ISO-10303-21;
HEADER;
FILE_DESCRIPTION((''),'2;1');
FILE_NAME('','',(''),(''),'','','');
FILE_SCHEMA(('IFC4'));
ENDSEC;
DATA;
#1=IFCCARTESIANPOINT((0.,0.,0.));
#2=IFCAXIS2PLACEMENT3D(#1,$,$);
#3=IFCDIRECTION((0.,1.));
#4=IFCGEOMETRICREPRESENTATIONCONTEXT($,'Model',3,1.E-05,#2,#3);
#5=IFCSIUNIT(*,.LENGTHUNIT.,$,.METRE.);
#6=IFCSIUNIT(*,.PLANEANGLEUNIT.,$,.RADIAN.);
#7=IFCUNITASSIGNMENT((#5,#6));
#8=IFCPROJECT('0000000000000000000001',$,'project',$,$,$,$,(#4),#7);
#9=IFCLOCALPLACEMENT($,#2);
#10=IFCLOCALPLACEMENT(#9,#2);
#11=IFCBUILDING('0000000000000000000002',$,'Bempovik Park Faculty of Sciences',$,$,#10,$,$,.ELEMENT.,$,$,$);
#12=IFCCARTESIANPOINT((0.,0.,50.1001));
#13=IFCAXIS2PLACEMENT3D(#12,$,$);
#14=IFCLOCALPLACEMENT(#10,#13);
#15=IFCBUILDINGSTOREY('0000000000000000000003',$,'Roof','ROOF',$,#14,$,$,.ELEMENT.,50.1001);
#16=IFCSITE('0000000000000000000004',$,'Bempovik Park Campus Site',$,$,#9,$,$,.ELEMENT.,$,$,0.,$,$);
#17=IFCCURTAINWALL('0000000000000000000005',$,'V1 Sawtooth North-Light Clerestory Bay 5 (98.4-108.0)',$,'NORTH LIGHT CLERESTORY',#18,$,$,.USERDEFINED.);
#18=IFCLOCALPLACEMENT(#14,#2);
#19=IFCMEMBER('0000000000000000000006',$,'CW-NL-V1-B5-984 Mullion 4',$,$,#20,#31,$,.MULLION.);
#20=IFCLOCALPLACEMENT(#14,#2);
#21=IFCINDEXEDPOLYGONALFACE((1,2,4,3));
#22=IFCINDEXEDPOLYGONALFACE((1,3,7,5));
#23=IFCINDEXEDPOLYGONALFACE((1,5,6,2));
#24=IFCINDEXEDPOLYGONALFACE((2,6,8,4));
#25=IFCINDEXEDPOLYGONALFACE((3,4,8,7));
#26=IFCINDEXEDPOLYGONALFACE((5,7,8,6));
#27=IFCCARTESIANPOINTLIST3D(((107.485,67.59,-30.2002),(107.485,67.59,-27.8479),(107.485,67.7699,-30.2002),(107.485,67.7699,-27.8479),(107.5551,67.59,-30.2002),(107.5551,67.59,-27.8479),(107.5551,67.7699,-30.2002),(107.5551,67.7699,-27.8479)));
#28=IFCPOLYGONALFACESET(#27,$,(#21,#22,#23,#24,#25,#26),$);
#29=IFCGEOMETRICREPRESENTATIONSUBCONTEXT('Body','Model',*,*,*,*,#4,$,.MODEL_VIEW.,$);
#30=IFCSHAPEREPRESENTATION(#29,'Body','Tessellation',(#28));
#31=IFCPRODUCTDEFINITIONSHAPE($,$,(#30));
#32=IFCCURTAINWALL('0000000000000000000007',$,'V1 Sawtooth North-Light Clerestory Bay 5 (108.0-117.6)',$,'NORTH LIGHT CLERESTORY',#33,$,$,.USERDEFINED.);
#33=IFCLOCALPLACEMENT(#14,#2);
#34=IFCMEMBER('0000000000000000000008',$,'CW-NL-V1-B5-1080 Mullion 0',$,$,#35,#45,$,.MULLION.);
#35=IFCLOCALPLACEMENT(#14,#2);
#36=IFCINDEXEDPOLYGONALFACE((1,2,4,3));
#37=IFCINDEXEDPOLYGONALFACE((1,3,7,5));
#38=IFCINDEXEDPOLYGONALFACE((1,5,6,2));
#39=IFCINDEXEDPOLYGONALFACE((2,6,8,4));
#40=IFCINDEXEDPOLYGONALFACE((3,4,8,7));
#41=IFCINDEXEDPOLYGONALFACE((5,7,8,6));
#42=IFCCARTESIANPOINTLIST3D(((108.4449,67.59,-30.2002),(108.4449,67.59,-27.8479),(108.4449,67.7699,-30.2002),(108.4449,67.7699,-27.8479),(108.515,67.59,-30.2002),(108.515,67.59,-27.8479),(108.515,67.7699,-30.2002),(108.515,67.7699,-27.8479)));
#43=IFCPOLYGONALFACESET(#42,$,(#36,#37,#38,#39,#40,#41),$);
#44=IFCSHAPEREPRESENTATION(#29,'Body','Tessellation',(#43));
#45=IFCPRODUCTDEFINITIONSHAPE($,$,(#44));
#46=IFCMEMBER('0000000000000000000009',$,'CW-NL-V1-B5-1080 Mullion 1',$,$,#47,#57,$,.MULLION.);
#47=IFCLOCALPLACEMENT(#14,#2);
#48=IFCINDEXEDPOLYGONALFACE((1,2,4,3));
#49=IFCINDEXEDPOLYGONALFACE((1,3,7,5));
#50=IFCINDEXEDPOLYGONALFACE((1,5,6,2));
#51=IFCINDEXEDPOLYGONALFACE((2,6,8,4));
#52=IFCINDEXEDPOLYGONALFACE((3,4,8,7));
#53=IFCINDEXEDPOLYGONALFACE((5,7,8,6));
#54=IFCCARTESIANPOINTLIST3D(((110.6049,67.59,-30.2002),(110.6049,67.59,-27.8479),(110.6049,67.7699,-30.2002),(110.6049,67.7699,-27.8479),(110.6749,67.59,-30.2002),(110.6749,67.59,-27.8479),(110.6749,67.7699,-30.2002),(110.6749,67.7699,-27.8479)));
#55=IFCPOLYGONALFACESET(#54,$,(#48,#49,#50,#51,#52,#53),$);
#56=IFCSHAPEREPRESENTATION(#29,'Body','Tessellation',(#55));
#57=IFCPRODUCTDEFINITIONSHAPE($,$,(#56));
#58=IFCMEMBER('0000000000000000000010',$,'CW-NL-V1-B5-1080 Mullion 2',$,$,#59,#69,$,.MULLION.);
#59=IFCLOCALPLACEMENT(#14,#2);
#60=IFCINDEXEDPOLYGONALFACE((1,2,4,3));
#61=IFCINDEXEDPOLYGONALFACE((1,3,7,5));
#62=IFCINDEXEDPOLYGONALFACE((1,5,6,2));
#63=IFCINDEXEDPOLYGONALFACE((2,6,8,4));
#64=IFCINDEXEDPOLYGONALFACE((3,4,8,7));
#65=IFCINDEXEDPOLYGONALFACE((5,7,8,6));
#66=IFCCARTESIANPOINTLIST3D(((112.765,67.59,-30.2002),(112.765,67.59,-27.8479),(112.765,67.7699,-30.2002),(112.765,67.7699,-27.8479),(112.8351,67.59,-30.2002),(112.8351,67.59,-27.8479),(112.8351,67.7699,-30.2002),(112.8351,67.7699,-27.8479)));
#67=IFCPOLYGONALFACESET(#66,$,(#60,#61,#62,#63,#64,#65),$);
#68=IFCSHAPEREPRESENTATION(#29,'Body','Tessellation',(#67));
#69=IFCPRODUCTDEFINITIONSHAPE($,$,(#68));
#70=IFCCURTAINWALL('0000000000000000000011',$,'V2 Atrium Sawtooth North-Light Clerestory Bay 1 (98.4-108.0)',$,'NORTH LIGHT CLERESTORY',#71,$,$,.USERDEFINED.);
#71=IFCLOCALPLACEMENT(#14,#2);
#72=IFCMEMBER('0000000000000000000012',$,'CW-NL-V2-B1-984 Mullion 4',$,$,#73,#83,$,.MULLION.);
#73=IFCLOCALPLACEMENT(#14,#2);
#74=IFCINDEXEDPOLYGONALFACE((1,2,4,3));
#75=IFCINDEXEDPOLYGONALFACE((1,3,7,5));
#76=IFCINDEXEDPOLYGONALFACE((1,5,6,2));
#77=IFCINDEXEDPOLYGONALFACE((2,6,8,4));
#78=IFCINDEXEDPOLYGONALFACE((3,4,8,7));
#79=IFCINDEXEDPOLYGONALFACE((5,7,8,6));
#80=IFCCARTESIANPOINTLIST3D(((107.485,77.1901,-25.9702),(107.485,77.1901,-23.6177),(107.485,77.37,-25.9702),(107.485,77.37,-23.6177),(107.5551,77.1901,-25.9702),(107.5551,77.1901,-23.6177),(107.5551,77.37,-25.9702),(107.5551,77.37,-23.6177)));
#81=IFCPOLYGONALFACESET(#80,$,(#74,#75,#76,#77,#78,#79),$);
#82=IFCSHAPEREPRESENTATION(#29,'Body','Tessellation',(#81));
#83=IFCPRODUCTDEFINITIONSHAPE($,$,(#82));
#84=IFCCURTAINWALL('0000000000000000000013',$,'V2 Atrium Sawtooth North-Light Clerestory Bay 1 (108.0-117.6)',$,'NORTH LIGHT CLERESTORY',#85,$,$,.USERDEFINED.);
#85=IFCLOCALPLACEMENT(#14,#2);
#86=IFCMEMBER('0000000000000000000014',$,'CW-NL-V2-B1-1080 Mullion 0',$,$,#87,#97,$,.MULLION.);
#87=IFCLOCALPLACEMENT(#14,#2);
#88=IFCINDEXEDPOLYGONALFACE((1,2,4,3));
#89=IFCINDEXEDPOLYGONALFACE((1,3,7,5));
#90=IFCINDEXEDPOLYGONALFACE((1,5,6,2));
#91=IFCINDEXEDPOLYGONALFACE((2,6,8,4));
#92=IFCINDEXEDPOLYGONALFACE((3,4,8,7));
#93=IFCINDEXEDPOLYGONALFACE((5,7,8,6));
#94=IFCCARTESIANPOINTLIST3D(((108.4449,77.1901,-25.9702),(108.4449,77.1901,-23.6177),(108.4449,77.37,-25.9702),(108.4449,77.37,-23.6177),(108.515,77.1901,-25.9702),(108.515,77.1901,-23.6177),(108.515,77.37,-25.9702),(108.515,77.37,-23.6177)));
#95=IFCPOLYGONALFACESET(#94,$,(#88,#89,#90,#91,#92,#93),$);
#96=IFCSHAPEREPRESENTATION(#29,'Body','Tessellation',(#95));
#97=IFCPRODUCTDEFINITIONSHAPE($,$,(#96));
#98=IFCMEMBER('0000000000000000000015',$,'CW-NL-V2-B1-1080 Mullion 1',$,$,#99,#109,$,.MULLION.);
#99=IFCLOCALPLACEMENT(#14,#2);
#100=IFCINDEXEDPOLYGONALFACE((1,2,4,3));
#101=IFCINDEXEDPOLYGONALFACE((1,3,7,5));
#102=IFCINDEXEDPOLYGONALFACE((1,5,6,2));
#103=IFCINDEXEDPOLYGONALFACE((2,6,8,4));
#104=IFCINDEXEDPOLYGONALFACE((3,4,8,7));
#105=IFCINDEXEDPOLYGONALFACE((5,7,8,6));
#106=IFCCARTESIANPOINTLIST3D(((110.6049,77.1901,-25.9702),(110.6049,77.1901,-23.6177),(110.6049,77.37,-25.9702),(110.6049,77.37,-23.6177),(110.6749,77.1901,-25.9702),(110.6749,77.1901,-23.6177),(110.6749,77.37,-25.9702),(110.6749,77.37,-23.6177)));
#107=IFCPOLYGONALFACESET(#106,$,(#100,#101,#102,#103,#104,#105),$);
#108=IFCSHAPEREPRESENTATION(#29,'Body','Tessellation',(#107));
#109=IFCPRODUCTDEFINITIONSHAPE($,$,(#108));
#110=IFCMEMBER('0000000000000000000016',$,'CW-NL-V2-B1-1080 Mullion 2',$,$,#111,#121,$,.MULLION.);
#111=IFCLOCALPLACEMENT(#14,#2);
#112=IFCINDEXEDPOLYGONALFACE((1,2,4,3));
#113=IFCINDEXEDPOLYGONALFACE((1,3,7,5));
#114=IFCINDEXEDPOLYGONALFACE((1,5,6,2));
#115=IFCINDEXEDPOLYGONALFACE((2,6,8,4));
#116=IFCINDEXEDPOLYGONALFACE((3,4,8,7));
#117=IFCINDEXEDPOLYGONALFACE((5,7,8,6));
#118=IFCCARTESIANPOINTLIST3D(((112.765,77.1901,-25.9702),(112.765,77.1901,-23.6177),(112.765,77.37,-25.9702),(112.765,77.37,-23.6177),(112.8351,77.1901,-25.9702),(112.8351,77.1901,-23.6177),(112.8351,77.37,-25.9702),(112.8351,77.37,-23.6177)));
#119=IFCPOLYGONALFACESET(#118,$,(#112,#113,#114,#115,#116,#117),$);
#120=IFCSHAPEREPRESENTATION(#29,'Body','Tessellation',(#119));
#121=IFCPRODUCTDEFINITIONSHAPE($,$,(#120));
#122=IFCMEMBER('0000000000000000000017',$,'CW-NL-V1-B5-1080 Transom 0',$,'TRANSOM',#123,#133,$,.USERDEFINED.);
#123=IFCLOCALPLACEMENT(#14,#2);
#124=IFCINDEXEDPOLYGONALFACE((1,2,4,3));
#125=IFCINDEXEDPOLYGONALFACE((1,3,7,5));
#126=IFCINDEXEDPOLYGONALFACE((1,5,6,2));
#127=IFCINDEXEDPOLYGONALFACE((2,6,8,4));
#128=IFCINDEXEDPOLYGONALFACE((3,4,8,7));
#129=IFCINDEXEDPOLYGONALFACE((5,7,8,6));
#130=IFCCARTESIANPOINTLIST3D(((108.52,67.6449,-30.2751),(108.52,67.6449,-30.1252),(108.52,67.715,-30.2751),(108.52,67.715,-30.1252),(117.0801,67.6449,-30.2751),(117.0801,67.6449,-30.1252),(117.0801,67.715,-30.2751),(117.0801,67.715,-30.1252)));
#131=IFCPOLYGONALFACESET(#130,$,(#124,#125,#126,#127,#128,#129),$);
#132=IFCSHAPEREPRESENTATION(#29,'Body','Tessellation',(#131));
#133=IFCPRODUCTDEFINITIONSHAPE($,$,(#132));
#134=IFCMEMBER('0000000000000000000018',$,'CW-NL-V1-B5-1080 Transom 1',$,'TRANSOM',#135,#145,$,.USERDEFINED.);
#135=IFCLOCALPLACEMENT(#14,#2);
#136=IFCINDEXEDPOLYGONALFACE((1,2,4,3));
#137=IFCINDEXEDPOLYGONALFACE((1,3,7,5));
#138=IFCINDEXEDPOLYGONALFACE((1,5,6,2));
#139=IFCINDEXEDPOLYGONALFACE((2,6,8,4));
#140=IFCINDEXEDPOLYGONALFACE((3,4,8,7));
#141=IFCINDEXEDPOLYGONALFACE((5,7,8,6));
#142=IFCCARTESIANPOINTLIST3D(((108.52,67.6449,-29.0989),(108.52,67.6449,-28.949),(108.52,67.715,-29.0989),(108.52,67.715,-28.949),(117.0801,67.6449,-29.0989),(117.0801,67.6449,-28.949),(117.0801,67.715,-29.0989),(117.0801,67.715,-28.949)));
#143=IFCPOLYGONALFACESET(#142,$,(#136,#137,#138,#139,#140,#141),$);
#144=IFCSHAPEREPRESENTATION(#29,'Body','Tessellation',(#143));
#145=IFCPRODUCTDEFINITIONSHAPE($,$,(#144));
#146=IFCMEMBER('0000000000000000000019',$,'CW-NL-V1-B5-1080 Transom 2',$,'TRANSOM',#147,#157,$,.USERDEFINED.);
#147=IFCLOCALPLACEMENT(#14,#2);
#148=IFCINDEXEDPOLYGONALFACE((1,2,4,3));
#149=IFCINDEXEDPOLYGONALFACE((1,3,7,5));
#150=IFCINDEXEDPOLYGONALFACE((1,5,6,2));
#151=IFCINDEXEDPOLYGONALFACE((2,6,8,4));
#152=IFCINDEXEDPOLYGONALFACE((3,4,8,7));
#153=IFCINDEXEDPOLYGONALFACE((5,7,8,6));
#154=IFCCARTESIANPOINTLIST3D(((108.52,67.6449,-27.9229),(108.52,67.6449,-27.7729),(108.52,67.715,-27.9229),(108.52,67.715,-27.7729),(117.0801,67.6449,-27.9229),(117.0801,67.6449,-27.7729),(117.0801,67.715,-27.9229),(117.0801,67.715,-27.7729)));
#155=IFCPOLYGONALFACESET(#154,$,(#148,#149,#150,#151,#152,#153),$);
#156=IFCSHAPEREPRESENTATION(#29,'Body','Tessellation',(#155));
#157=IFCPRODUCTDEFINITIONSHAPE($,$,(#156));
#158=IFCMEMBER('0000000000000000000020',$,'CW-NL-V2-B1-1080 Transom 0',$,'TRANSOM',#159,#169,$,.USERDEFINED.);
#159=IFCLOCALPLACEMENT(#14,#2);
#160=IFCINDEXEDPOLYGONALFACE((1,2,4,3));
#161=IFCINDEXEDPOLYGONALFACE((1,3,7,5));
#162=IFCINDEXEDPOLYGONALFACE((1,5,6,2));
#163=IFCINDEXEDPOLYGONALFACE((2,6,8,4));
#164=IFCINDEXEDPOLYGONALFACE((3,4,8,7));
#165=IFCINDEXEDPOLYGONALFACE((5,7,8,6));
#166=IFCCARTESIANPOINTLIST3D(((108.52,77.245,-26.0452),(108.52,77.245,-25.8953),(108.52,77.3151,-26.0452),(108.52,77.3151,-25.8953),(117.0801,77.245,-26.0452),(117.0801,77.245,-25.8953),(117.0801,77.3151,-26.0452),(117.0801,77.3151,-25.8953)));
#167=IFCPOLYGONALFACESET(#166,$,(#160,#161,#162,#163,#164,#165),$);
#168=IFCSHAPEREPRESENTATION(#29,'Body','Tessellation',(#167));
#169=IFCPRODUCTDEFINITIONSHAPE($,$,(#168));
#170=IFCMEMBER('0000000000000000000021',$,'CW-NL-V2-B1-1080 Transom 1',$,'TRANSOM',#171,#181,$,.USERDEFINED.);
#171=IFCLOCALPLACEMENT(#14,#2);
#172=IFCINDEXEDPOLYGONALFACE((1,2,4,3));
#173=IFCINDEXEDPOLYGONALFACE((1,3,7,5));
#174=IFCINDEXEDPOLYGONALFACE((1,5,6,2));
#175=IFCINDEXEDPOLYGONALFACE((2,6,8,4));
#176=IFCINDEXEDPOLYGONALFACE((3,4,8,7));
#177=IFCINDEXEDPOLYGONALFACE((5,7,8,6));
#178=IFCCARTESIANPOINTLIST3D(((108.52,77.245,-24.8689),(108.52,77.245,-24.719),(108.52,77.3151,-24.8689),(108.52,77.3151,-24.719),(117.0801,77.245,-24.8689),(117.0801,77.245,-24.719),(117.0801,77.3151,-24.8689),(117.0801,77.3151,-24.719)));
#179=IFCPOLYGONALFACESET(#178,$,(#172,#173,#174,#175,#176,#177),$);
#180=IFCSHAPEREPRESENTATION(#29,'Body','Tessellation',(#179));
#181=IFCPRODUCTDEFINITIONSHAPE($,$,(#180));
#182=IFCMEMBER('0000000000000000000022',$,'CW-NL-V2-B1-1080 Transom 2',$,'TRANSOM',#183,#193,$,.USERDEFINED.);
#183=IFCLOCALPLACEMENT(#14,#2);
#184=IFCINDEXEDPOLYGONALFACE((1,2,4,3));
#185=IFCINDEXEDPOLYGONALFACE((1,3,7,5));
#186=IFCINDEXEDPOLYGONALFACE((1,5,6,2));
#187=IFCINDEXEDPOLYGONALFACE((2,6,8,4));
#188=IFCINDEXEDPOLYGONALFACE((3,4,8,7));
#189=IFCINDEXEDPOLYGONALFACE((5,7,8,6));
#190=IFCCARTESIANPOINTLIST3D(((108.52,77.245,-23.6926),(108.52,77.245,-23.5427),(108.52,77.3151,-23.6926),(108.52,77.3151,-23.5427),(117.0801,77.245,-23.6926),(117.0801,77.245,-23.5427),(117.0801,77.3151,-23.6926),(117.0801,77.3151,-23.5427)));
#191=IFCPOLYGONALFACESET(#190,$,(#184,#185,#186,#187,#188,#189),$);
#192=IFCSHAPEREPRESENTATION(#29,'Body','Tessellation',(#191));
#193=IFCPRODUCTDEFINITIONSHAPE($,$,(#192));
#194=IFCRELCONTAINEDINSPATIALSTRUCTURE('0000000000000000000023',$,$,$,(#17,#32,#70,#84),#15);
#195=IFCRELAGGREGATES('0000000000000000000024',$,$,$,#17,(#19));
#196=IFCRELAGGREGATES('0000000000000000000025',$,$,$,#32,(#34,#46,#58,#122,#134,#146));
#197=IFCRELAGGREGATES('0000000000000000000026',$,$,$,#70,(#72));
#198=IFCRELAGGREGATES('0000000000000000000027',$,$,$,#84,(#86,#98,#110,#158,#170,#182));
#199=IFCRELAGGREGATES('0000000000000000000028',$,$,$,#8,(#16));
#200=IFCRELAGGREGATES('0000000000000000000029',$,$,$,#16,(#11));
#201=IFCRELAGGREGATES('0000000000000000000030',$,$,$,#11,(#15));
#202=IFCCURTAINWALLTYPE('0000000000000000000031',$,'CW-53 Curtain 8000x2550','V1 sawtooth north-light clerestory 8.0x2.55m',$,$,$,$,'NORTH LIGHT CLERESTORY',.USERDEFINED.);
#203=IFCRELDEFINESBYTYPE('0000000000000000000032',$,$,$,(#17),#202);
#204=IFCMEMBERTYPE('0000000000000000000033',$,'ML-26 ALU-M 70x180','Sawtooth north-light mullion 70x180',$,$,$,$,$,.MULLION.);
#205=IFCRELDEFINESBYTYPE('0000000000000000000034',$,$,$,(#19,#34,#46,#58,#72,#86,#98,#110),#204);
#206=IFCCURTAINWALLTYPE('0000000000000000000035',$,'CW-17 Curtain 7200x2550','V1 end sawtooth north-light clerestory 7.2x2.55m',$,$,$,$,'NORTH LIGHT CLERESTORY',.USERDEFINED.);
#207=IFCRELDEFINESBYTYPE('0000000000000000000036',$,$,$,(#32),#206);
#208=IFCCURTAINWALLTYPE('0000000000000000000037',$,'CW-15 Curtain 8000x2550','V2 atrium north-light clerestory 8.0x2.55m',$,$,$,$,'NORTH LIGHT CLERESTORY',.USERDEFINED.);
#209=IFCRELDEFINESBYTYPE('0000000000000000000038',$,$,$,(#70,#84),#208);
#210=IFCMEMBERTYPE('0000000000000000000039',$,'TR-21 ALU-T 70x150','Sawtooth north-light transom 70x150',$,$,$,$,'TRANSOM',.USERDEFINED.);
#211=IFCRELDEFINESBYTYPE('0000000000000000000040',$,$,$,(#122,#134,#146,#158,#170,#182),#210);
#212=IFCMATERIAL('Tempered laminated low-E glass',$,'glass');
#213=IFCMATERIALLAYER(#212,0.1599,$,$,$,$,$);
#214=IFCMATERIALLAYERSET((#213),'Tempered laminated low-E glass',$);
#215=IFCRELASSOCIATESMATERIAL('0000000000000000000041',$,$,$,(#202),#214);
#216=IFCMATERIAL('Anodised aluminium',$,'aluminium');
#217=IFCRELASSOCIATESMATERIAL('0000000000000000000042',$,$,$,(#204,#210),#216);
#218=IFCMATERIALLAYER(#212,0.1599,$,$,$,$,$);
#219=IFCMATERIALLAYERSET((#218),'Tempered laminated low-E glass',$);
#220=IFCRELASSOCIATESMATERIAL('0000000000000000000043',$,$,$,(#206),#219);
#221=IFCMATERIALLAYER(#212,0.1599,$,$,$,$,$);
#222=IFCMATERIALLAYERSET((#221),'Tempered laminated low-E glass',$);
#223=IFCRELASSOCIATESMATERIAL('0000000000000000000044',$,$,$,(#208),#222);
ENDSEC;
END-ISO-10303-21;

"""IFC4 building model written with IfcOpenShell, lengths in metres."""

from ifc_helpers import new_model, si_unit, direction, frame, origin, origin_2d, place, context, subcontext, project, spatial, rectangle, extrude, material, layer, layer_set, material_profile, profile_set, type_object, element, aggregate, save


model = new_model("IFC4")

# Units and contexts
model_context = context("Model", 3, precision=1e-05, world=origin(), true_north=direction((0.0, 1.0)))
body_context = subcontext(model_context, "Body", "Model", "MODEL_VIEW")
ifc_project = project(units=[si_unit("LENGTHUNIT", "METRE"), si_unit("PLANEANGLEUNIT", "RADIAN")], contexts=[model_context])

# Site, building, storey
site_placement = place(None, origin())
site = spatial("IfcSite", under=ifc_project, at=site_placement, Name="Bempovik Park Campus Site", CompositionType="ELEMENT", RefElevation=0.0)
building_placement = place(site_placement, origin())
building = spatial("IfcBuilding", under=site, at=building_placement, Name="Bempovik Park Faculty of Sciences", CompositionType="ELEMENT")
storey_placement = place(building_placement, frame((0.0, 0.0, 50.1001)))
storey = spatial("IfcBuildingStorey", under=building, at=storey_placement, Name="Roof", Description="ROOF", CompositionType="ELEMENT", Elevation=50.1001)

# Curtain wall, member
ifc_material_1 = material(Name="Tempered laminated low-E glass", Category="glass")
ifc_layer_1 = layer(ifc_material_1, 0.1599)
ifc_layer_set_1 = layer_set([ifc_layer_1], Name="Tempered laminated low-E glass")
curtain_wall_type_1 = type_object("IfcCurtainWallType", Name="CW-53 Curtain 8000x2550", Description="V1 sawtooth north-light clerestory 8.0x2.55m", ElementType="NORTH LIGHT CLERESTORY", PredefinedType="USERDEFINED", material=ifc_layer_set_1)
curtain_wall_1_placement = place(storey_placement, origin())
curtain_wall_1 = element("IfcCurtainWall", 1, at=curtain_wall_1_placement, inside=storey, type_object=curtain_wall_type_1, Name="V1 Sawtooth North-Light Clerestory Bay 5 (98.4-108.0)", ObjectType="NORTH LIGHT CLERESTORY", PredefinedType="USERDEFINED")
ifc_material_2 = material(Name="Anodised aluminium", Category="aluminium")
ifc_material_profile_1 = material_profile(ifc_material_2, rectangle(XDim=0.0701, YDim=0.1799, at=origin_2d()), Name="ALU-M 70x180")
ifc_profile_set_1 = profile_set([ifc_material_profile_1], Name="Anodised aluminium")
member_type_1 = type_object("IfcMemberType", Name="ML-26 ALU-M 70x180", Description="Sawtooth north-light mullion 70x180", PredefinedType="MULLION", material=ifc_profile_set_1)
member_1_placement = place(storey_placement, frame((107.52, 67.6799, -30.2002), z_axis=(0.0, 0.0, 1.0), x_axis=(1.0, 0.0, 0.0)))
member_1 = element("IfcMember", 2, at=member_1_placement, type_object=member_type_1, Name="CW-NL-V1-B5-984 Mullion 4", PredefinedType="MULLION", context=body_context, shape_type="SweptSolid", body=[
    extrude(rectangle(XDim=0.0701, YDim=0.1799, at=origin_2d()), origin(), (0.0, 0.0, 1.0), 2.3523),
])

# Curtain wall, members
ifc_layer_2 = layer(ifc_material_1, 0.1599)
ifc_layer_set_2 = layer_set([ifc_layer_2], Name="Tempered laminated low-E glass")
curtain_wall_type_2 = type_object("IfcCurtainWallType", Name="CW-17 Curtain 7200x2550", Description="V1 end sawtooth north-light clerestory 7.2x2.55m", ElementType="NORTH LIGHT CLERESTORY", PredefinedType="USERDEFINED", material=ifc_layer_set_2)
curtain_wall_2_placement = place(storey_placement, origin())
curtain_wall_2 = element("IfcCurtainWall", 3, at=curtain_wall_2_placement, inside=storey, type_object=curtain_wall_type_2, Name="V1 Sawtooth North-Light Clerestory Bay 5 (108.0-117.6)", ObjectType="NORTH LIGHT CLERESTORY", PredefinedType="USERDEFINED")
member_2_placement = place(storey_placement, frame((108.48, 67.6799, -30.2002), z_axis=(0.0, 0.0, 1.0), x_axis=(1.0, 0.0, 0.0)))
member_2 = element("IfcMember", 4, at=member_2_placement, type_object=member_type_1, Name="CW-NL-V1-B5-1080 Mullion 0", PredefinedType="MULLION", context=body_context, shape_type="SweptSolid", body=[
    extrude(rectangle(XDim=0.0701, YDim=0.1799, at=origin_2d()), origin(), (0.0, 0.0, 1.0), 2.3523),
])
member_3_placement = place(storey_placement, frame((110.6399, 67.6799, -30.2002), z_axis=(0.0, 0.0, 1.0), x_axis=(1.0, 0.0, 0.0)))
member_3 = element("IfcMember", 5, at=member_3_placement, type_object=member_type_1, Name="CW-NL-V1-B5-1080 Mullion 1", PredefinedType="MULLION", context=body_context, shape_type="SweptSolid", body=[
    extrude(rectangle(XDim=0.0701, YDim=0.1799, at=origin_2d()), origin(), (0.0, 0.0, 1.0), 2.3523),
])
member_4_placement = place(storey_placement, frame((112.8, 67.6799, -30.2002), z_axis=(0.0, 0.0, 1.0), x_axis=(1.0, 0.0, 0.0)))
member_4 = element("IfcMember", 6, at=member_4_placement, type_object=member_type_1, Name="CW-NL-V1-B5-1080 Mullion 2", PredefinedType="MULLION", context=body_context, shape_type="SweptSolid", body=[
    extrude(rectangle(XDim=0.0701, YDim=0.1799, at=origin_2d()), origin(), (0.0, 0.0, 1.0), 2.3523),
])

# Curtain wall, member
ifc_layer_3 = layer(ifc_material_1, 0.1599)
ifc_layer_set_3 = layer_set([ifc_layer_3], Name="Tempered laminated low-E glass")
curtain_wall_type_3 = type_object("IfcCurtainWallType", Name="CW-15 Curtain 8000x2550", Description="V2 atrium north-light clerestory 8.0x2.55m", ElementType="NORTH LIGHT CLERESTORY", PredefinedType="USERDEFINED", material=ifc_layer_set_3)
curtain_wall_3_placement = place(storey_placement, origin())
curtain_wall_3 = element("IfcCurtainWall", 7, at=curtain_wall_3_placement, inside=storey, type_object=curtain_wall_type_3, Name="V2 Atrium Sawtooth North-Light Clerestory Bay 1 (98.4-108.0)", ObjectType="NORTH LIGHT CLERESTORY", PredefinedType="USERDEFINED")
member_5_placement = place(storey_placement, frame((107.52, 77.28, -25.9702), z_axis=(0.0, 0.0, 1.0), x_axis=(1.0, 0.0, 0.0)))
member_5 = element("IfcMember", 8, at=member_5_placement, type_object=member_type_1, Name="CW-NL-V2-B1-984 Mullion 4", PredefinedType="MULLION", context=body_context, shape_type="SweptSolid", body=[
    extrude(rectangle(XDim=0.0701, YDim=0.1799, at=origin_2d()), origin(), (0.0, 0.0, 1.0), 2.3525),
])

# Curtain wall, members
curtain_wall_4_placement = place(storey_placement, origin())
curtain_wall_4 = element("IfcCurtainWall", 9, at=curtain_wall_4_placement, inside=storey, type_object=curtain_wall_type_3, Name="V2 Atrium Sawtooth North-Light Clerestory Bay 1 (108.0-117.6)", ObjectType="NORTH LIGHT CLERESTORY", PredefinedType="USERDEFINED")
member_6_placement = place(storey_placement, frame((108.48, 77.28, -25.9702), z_axis=(0.0, 0.0, 1.0), x_axis=(1.0, 0.0, 0.0)))
member_6 = element("IfcMember", 10, at=member_6_placement, type_object=member_type_1, Name="CW-NL-V2-B1-1080 Mullion 0", PredefinedType="MULLION", context=body_context, shape_type="SweptSolid", body=[
    extrude(rectangle(XDim=0.0701, YDim=0.1799, at=origin_2d()), origin(), (0.0, 0.0, 1.0), 2.3525),
])
member_7_placement = place(storey_placement, frame((110.6399, 77.28, -25.9702), z_axis=(0.0, 0.0, 1.0), x_axis=(1.0, 0.0, 0.0)))
member_7 = element("IfcMember", 11, at=member_7_placement, type_object=member_type_1, Name="CW-NL-V2-B1-1080 Mullion 1", PredefinedType="MULLION", context=body_context, shape_type="SweptSolid", body=[
    extrude(rectangle(XDim=0.0701, YDim=0.1799, at=origin_2d()), origin(), (0.0, 0.0, 1.0), 2.3525),
])
member_8_placement = place(storey_placement, frame((112.8, 77.28, -25.9702), z_axis=(0.0, 0.0, 1.0), x_axis=(1.0, 0.0, 0.0)))
member_8 = element("IfcMember", 12, at=member_8_placement, type_object=member_type_1, Name="CW-NL-V2-B1-1080 Mullion 2", PredefinedType="MULLION", context=body_context, shape_type="SweptSolid", body=[
    extrude(rectangle(XDim=0.0701, YDim=0.1799, at=origin_2d()), origin(), (0.0, 0.0, 1.0), 2.3525),
])

# Members
ifc_material_profile_2 = material_profile(ifc_material_2, rectangle(XDim=0.0701, YDim=0.1499, at=origin_2d()), Name="ALU-T 70x150")
ifc_profile_set_2 = profile_set([ifc_material_profile_2], Name="Anodised aluminium")
member_type_2 = type_object("IfcMemberType", Name="TR-21 ALU-T 70x150", Description="Sawtooth north-light transom 70x150", ElementType="TRANSOM", PredefinedType="USERDEFINED", material=ifc_profile_set_2)
member_9_placement = place(storey_placement, frame((108.52, 67.6799, -30.2002), z_axis=(1.0, 0.0, 0.0), x_axis=(0.0, 1.0, 0.0)))
member_9 = element("IfcMember", 13, at=member_9_placement, type_object=member_type_2, Name="CW-NL-V1-B5-1080 Transom 0", ObjectType="TRANSOM", PredefinedType="USERDEFINED", context=body_context, shape_type="SweptSolid", body=[
    extrude(rectangle(XDim=0.0701, YDim=0.1499, at=origin_2d()), origin(), (0.0, 0.0, 1.0), 8.5601),
])
member_10_placement = place(storey_placement, frame((108.52, 67.6799, -29.0239), z_axis=(1.0, 0.0, 0.0), x_axis=(0.0, 1.0, 0.0)))
member_10 = element("IfcMember", 14, at=member_10_placement, type_object=member_type_2, Name="CW-NL-V1-B5-1080 Transom 1", ObjectType="TRANSOM", PredefinedType="USERDEFINED", context=body_context, shape_type="SweptSolid", body=[
    extrude(rectangle(XDim=0.0701, YDim=0.1499, at=origin_2d()), origin(), (0.0, 0.0, 1.0), 8.5601),
])
member_11_placement = place(storey_placement, frame((108.52, 67.6799, -27.8479), z_axis=(1.0, 0.0, 0.0), x_axis=(0.0, 1.0, 0.0)))
member_11 = element("IfcMember", 15, at=member_11_placement, type_object=member_type_2, Name="CW-NL-V1-B5-1080 Transom 2", ObjectType="TRANSOM", PredefinedType="USERDEFINED", context=body_context, shape_type="SweptSolid", body=[
    extrude(rectangle(XDim=0.0701, YDim=0.1499, at=origin_2d()), origin(), (0.0, 0.0, 1.0), 8.5601),
])
member_12_placement = place(storey_placement, frame((108.52, 77.28, -25.9702), z_axis=(1.0, 0.0, 0.0), x_axis=(0.0, 1.0, 0.0)))
member_12 = element("IfcMember", 16, at=member_12_placement, type_object=member_type_2, Name="CW-NL-V2-B1-1080 Transom 0", ObjectType="TRANSOM", PredefinedType="USERDEFINED", context=body_context, shape_type="SweptSolid", body=[
    extrude(rectangle(XDim=0.0701, YDim=0.1499, at=origin_2d()), origin(), (0.0, 0.0, 1.0), 8.5601),
])
member_13_placement = place(storey_placement, frame((108.52, 77.28, -24.7939), z_axis=(1.0, 0.0, 0.0), x_axis=(0.0, 1.0, 0.0)))
member_13 = element("IfcMember", 17, at=member_13_placement, type_object=member_type_2, Name="CW-NL-V2-B1-1080 Transom 1", ObjectType="TRANSOM", PredefinedType="USERDEFINED", context=body_context, shape_type="SweptSolid", body=[
    extrude(rectangle(XDim=0.0701, YDim=0.1499, at=origin_2d()), origin(), (0.0, 0.0, 1.0), 8.5601),
])
member_14_placement = place(storey_placement, frame((108.52, 77.28, -23.6177), z_axis=(1.0, 0.0, 0.0), x_axis=(0.0, 1.0, 0.0)))
member_14 = element("IfcMember", 18, at=member_14_placement, type_object=member_type_2, Name="CW-NL-V2-B1-1080 Transom 2", ObjectType="TRANSOM", PredefinedType="USERDEFINED", context=body_context, shape_type="SweptSolid", body=[
    extrude(rectangle(XDim=0.0701, YDim=0.1499, at=origin_2d()), origin(), (0.0, 0.0, 1.0), 8.5601),
])

aggregate(curtain_wall_1, [member_1])
aggregate(curtain_wall_2, [member_2, member_3, member_4, member_9, member_10, member_11])
aggregate(curtain_wall_3, [member_5])
aggregate(curtain_wall_4, [member_6, member_7, member_8, member_12, member_13, member_14])

save(model, "model.ifc")
